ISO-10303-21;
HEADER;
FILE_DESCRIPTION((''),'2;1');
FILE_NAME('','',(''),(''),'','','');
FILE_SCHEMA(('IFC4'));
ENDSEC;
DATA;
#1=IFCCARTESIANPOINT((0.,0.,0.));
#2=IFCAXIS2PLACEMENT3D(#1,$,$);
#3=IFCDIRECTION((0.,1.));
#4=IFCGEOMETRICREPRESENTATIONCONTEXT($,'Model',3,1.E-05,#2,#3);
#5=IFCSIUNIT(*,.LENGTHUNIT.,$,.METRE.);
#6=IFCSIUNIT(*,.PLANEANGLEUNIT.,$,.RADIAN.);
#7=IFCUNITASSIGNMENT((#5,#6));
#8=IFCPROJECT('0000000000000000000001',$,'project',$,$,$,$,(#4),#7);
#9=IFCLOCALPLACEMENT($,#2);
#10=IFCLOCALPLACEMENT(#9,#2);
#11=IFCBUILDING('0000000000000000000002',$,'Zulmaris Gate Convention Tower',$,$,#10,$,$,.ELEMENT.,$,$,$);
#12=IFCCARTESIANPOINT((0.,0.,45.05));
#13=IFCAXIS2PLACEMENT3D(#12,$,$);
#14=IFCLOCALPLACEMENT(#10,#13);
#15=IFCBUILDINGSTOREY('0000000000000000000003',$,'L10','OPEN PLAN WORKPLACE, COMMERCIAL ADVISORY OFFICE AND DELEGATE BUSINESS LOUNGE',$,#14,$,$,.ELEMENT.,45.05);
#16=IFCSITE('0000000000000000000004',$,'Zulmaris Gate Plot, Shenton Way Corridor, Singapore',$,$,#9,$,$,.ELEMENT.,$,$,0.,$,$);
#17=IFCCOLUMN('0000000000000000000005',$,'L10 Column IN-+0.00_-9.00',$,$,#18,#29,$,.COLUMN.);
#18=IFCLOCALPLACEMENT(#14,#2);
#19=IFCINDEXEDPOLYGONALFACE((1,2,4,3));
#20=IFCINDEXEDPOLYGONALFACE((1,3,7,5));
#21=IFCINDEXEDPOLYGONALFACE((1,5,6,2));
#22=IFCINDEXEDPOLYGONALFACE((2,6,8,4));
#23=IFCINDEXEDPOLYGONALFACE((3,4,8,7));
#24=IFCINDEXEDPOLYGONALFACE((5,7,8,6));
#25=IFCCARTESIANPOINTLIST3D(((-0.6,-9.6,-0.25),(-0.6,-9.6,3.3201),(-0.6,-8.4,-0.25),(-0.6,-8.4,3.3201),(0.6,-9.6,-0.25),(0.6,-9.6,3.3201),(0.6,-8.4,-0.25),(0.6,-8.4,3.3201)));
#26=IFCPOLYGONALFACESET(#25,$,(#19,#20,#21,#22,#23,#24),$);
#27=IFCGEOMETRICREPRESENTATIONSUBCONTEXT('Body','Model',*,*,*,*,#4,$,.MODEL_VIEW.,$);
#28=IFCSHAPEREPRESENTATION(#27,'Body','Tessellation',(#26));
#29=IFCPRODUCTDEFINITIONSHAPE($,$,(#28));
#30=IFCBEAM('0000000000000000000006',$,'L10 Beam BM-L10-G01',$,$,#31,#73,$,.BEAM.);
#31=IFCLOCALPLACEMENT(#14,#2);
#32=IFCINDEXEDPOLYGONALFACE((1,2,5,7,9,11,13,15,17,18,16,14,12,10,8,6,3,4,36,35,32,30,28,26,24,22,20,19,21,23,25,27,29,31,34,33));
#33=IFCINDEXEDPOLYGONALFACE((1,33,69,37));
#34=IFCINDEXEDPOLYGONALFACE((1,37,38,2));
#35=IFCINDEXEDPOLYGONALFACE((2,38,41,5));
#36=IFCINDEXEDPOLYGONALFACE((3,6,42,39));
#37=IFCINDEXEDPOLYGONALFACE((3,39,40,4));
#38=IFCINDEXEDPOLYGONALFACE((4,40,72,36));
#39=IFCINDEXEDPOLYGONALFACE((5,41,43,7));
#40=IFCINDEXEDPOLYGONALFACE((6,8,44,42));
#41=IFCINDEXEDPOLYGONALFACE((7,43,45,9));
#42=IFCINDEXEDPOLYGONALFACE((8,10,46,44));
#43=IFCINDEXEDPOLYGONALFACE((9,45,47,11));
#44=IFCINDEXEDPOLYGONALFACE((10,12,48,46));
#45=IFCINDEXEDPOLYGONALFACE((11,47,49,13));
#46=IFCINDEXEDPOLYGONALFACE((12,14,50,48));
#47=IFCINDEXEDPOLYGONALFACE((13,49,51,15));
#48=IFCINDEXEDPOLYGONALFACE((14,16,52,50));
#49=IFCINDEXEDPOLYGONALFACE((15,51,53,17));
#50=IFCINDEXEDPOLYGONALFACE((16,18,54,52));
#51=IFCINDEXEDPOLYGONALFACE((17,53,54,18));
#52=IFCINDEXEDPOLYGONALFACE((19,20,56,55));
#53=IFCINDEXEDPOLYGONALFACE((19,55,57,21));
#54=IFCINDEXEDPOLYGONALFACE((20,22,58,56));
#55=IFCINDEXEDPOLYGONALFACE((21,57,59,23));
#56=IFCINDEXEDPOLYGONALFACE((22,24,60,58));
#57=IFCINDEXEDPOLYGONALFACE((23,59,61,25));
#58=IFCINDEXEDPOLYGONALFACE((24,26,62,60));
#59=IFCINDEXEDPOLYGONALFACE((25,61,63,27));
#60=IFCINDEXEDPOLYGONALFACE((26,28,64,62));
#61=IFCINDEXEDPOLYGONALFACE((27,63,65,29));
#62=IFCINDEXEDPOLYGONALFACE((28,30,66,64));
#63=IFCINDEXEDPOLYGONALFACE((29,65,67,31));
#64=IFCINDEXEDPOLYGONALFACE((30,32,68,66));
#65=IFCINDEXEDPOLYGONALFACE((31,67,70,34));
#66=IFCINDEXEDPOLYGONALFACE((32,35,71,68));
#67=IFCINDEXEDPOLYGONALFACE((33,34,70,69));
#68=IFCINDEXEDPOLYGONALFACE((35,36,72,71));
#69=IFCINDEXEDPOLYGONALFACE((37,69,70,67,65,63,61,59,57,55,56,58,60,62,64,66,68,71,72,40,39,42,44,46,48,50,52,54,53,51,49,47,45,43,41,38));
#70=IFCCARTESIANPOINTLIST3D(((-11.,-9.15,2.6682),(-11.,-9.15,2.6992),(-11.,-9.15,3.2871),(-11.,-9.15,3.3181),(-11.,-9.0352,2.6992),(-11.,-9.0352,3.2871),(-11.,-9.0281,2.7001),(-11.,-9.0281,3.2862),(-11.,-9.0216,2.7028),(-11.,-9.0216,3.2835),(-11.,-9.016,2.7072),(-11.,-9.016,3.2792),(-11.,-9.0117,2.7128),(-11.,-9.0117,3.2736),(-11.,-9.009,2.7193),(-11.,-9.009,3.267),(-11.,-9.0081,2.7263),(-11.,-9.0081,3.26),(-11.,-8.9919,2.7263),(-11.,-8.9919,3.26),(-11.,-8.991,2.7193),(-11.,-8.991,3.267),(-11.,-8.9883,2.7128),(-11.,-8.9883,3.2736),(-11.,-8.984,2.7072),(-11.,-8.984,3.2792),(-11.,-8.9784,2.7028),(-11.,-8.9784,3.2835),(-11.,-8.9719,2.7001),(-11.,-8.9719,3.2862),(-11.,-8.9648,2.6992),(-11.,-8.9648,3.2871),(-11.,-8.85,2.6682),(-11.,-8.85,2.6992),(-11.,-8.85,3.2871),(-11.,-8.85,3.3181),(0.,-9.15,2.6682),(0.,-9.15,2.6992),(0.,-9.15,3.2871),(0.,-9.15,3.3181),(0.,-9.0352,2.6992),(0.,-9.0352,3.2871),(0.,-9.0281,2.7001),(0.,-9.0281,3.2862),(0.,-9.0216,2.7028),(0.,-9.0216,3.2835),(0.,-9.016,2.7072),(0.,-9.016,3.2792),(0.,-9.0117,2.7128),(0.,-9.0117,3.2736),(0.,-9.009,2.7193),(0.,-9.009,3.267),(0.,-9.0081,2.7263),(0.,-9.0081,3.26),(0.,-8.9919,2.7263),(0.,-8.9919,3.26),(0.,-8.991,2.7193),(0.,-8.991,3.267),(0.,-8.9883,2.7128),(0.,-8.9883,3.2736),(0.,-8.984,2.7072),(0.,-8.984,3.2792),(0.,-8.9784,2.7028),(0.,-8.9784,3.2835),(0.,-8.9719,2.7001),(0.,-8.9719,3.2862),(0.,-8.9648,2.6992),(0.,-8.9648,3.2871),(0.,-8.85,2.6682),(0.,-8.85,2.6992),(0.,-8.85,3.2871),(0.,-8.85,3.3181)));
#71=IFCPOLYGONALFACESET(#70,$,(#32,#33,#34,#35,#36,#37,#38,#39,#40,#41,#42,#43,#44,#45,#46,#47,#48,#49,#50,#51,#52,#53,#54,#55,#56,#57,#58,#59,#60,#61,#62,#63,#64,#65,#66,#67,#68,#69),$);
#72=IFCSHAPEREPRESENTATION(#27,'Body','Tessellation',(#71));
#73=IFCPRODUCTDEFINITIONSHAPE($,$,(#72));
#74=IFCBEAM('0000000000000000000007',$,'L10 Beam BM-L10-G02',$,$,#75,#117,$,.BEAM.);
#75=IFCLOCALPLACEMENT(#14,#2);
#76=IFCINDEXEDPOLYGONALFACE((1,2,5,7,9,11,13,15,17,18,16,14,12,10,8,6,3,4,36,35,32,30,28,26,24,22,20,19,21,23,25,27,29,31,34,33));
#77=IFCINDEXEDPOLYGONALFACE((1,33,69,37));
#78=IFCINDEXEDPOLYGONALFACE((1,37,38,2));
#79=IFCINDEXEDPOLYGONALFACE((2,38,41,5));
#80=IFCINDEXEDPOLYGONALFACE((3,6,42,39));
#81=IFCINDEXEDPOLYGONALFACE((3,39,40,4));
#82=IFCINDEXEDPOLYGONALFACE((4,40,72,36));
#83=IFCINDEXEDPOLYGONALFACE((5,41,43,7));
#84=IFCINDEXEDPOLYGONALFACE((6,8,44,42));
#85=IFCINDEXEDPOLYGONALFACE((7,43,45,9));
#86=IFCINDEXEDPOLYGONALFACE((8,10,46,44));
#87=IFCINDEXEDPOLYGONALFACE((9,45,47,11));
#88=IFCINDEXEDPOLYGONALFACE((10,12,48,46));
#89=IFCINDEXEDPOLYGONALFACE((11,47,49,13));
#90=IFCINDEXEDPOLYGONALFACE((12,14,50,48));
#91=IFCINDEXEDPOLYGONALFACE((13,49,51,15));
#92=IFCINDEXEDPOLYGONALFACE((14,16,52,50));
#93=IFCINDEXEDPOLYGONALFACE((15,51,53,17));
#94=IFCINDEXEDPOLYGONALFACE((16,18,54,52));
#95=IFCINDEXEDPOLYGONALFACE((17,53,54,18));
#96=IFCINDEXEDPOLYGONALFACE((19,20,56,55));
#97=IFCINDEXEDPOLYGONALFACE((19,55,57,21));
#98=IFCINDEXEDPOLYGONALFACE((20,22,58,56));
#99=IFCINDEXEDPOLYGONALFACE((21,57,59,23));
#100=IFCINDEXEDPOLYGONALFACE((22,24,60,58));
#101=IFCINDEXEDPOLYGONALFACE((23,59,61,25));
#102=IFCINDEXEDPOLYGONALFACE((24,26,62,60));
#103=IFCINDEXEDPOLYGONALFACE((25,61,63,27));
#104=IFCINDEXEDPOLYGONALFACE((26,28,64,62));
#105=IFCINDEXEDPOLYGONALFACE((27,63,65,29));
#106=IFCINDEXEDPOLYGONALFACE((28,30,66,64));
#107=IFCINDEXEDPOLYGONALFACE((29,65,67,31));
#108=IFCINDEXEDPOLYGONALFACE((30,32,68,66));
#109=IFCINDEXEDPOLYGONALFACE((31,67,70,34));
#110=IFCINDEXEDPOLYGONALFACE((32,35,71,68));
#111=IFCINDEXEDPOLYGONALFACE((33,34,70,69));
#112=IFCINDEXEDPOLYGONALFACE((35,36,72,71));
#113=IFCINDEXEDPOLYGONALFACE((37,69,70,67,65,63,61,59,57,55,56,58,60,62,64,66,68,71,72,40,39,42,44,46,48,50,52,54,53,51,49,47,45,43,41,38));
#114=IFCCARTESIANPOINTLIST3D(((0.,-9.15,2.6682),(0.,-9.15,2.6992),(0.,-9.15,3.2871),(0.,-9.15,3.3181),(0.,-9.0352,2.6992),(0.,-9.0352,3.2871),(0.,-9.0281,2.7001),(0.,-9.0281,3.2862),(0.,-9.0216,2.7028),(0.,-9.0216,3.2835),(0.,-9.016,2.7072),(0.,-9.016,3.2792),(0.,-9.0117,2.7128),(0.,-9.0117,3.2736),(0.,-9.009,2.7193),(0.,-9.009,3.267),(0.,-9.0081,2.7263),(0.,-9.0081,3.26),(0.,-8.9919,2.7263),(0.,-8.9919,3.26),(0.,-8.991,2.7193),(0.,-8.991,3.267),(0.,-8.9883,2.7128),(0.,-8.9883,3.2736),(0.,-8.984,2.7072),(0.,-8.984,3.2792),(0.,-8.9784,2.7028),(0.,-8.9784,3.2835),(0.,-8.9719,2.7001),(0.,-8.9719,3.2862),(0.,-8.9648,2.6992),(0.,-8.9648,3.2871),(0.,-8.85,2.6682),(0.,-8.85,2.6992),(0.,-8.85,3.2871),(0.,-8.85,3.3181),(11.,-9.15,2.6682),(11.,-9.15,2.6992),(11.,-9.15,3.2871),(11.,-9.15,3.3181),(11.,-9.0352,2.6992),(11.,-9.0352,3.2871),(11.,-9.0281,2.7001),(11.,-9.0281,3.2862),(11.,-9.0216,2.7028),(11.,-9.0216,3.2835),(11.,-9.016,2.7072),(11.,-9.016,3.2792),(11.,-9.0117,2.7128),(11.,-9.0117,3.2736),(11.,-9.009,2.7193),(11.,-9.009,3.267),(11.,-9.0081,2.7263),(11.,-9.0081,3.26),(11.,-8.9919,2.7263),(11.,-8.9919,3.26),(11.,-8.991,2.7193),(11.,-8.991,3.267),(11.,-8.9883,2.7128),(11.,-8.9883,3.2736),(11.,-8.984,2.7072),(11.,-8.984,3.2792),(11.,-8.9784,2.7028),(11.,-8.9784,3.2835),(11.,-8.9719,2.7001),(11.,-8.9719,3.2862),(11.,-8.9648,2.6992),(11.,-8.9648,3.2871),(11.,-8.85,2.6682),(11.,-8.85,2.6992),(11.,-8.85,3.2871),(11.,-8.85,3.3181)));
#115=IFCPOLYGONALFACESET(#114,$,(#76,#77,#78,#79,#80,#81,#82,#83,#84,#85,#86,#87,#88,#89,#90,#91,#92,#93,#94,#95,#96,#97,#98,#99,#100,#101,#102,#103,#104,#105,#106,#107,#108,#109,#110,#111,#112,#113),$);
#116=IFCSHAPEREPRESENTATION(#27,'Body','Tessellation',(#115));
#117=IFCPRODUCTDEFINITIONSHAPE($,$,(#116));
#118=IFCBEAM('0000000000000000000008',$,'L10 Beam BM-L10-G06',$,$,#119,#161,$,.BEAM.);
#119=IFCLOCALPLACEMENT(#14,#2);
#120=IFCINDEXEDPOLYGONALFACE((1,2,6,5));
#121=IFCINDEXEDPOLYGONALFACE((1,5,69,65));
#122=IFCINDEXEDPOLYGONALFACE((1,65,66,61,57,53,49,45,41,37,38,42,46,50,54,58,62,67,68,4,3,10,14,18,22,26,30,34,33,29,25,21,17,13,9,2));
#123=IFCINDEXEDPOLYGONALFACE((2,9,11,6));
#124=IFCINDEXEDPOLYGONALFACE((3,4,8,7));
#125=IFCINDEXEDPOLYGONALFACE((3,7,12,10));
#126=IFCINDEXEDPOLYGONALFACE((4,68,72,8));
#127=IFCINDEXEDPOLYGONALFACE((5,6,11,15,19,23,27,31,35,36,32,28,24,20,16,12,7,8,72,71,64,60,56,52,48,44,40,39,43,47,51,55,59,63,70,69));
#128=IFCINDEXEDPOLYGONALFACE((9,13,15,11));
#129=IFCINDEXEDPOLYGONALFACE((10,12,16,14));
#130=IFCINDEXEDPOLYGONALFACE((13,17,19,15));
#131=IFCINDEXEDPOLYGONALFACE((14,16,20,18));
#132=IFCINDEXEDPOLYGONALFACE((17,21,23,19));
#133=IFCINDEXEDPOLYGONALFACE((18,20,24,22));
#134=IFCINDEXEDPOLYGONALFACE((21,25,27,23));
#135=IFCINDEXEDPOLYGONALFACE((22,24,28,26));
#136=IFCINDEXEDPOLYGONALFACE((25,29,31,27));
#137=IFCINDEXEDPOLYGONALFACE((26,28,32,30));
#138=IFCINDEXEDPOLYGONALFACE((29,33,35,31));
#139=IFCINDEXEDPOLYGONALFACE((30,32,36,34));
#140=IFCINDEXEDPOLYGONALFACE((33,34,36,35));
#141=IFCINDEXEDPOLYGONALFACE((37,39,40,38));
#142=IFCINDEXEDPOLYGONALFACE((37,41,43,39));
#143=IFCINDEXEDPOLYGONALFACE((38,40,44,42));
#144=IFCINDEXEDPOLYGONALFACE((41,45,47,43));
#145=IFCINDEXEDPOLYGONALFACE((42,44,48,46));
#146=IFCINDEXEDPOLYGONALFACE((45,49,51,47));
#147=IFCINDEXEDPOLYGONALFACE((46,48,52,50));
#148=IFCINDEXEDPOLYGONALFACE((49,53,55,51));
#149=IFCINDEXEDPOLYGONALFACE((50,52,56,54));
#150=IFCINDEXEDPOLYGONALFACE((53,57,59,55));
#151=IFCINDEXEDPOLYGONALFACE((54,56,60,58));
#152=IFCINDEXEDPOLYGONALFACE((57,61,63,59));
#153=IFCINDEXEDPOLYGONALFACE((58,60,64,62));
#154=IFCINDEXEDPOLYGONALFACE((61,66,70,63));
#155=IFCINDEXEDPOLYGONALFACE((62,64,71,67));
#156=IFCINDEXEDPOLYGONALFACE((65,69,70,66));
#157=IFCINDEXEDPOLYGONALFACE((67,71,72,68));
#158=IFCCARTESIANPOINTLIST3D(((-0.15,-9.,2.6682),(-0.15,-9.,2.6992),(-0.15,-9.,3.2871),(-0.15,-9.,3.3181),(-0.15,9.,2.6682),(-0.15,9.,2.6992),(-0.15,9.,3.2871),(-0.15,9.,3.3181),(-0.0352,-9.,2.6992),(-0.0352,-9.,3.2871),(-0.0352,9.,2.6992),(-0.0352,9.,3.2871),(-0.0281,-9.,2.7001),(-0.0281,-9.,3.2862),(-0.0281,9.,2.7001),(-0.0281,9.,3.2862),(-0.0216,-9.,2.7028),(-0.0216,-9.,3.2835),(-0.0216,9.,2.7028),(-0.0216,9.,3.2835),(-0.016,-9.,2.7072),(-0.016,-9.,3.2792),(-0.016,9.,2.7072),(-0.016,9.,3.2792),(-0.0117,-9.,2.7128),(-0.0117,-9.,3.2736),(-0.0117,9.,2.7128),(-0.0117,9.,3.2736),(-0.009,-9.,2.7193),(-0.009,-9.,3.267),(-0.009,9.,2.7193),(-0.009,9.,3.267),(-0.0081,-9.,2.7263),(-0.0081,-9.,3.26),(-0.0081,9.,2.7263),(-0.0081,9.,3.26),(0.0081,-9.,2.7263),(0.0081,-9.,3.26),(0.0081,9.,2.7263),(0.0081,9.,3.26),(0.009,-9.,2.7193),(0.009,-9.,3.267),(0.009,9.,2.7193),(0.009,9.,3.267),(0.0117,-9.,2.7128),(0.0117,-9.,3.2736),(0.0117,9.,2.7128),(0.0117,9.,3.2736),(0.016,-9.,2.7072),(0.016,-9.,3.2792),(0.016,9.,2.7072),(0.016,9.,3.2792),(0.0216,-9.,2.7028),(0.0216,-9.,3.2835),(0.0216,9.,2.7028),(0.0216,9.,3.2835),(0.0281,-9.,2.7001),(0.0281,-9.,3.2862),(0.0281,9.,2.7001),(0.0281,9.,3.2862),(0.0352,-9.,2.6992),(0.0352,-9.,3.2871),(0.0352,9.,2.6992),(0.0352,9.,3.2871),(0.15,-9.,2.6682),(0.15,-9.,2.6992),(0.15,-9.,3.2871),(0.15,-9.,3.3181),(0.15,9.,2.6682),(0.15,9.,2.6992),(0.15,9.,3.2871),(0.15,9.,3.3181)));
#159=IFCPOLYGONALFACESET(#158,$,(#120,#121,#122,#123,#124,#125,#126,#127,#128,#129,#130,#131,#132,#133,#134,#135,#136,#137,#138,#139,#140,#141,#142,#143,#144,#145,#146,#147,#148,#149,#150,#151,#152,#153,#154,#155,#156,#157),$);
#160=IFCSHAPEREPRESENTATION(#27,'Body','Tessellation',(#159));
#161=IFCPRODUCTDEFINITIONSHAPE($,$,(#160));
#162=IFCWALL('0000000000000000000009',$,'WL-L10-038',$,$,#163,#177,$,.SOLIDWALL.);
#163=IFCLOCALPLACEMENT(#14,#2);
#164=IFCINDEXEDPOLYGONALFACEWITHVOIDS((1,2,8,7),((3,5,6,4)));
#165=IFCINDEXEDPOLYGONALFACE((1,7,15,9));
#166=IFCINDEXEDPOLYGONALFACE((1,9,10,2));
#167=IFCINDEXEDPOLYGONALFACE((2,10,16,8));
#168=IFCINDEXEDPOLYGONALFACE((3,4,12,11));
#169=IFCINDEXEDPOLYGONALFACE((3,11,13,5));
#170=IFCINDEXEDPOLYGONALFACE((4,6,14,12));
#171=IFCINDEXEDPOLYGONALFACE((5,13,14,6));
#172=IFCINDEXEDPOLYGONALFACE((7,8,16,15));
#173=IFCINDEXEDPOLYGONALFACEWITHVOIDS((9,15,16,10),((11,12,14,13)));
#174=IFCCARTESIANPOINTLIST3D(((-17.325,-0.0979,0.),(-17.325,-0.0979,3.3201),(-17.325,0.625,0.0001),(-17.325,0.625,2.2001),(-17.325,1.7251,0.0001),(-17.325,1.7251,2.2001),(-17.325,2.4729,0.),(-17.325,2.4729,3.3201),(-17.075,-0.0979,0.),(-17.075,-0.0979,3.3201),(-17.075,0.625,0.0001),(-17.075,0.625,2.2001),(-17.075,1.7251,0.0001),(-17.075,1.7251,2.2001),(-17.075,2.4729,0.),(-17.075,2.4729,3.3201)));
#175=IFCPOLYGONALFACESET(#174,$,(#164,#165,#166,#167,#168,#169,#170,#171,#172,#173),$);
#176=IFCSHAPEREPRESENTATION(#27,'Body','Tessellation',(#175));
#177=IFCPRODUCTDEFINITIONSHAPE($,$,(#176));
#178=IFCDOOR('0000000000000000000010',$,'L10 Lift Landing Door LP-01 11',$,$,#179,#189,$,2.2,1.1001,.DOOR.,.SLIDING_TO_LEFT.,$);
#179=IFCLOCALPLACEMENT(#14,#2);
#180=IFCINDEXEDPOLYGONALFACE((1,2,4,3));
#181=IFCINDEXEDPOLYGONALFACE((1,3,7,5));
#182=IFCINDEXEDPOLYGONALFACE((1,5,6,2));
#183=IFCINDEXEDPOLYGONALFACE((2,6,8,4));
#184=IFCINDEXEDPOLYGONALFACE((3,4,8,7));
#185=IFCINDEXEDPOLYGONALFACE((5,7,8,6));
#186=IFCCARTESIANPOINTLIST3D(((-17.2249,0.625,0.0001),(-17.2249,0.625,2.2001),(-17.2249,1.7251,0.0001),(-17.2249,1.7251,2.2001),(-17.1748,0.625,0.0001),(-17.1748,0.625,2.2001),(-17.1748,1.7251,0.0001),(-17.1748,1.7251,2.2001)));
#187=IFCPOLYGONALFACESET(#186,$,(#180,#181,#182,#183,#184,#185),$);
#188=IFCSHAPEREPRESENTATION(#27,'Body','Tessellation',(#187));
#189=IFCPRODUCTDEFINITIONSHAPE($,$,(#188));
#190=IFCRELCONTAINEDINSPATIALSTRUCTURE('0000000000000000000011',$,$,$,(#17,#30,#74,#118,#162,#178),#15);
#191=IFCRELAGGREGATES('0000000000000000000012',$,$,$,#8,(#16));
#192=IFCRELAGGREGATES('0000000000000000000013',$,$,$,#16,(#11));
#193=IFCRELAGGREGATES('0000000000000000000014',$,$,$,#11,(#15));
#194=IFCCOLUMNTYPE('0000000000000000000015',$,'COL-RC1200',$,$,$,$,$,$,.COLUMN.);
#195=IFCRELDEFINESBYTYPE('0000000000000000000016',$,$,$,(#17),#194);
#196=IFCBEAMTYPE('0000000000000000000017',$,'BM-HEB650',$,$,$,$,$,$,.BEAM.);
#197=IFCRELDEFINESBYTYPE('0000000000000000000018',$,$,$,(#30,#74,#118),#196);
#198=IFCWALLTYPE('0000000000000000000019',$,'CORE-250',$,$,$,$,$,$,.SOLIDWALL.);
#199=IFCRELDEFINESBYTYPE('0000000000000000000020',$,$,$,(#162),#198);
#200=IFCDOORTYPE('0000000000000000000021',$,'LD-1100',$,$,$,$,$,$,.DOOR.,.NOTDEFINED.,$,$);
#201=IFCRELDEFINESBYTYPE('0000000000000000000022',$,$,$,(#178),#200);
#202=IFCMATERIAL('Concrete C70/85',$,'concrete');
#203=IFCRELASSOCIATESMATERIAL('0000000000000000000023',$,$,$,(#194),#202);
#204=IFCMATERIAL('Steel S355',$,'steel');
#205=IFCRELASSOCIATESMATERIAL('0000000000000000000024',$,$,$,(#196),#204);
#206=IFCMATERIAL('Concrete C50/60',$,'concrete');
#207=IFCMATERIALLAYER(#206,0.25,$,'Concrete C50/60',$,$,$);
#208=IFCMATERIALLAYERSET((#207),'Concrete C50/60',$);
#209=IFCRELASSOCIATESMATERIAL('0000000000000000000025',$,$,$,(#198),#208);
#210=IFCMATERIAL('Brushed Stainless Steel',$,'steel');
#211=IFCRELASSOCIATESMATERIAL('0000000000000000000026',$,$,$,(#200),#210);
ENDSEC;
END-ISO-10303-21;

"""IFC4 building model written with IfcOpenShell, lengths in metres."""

from ifc_helpers import new_model, si_unit, direction, frame, frame_2d, origin, origin_2d, place, context, subcontext, project, spatial, rectangle, i_section, extrude, material, layer, layer_set, material_profile, profile_set, type_object, element, fill, save


model = new_model("IFC4")

# Units and contexts
model_context = context("Model", 3, precision=1e-05, world=origin(), true_north=direction((0.0, 1.0)))
body_context = subcontext(model_context, "Body", "Model", "MODEL_VIEW")
ifc_project = project(units=[si_unit("LENGTHUNIT", "METRE"), si_unit("PLANEANGLEUNIT", "RADIAN")], contexts=[model_context])

# Site, building, storey
site_placement = place(None, origin())
site = spatial("IfcSite", under=ifc_project, at=site_placement, Name="Zulmaris Gate Plot, Shenton Way Corridor, Singapore", CompositionType="ELEMENT", RefElevation=0.0)
building_placement = place(site_placement, origin())
building = spatial("IfcBuilding", under=site, at=building_placement, Name="Zulmaris Gate Convention Tower", CompositionType="ELEMENT")
storey_placement = place(building_placement, frame((0.0, 0.0, 45.05)))
storey = spatial("IfcBuildingStorey", under=building, at=storey_placement, Name="L10", Description="OPEN PLAN WORKPLACE, COMMERCIAL ADVISORY OFFICE AND DELEGATE BUSINESS LOUNGE", CompositionType="ELEMENT", Elevation=45.05)

# Column
ifc_material_1 = material(Name="Concrete C70/85", Category="concrete")
ifc_material_profile_1 = material_profile(ifc_material_1, rectangle(XDim=1.2, YDim=1.2, at=origin_2d()), Name="RC COL 1200x1200")
ifc_profile_set_1 = profile_set([ifc_material_profile_1], Name="Concrete C70/85")
column_type = type_object("IfcColumnType", Name="COL-RC1200", PredefinedType="COLUMN", material=ifc_profile_set_1)
column_placement = place(storey_placement, frame((0.0, -9.0, -0.25), z_axis=(0.0, 0.0, 1.0), x_axis=(1.0, 0.0, 0.0)))
element("IfcColumn", 1, at=column_placement, inside=storey, type_object=column_type, Name="L10 Column IN-+0.00_-9.00", PredefinedType="COLUMN", context=body_context, shape_type="SweptSolid", body=[
    extrude(rectangle(XDim=1.2, YDim=1.2, at=origin_2d()), origin(), (0.0, 0.0, 1.0), 3.5701),
])

# Beams
ifc_material_2 = material(Name="Steel S355", Category="steel")
ifc_material_profile_2 = material_profile(ifc_material_2, i_section(OverallWidth=0.3, OverallDepth=0.6499, WebThickness=0.0161, FlangeThickness=0.031, FilletRadius=0.0271, at=origin_2d()), Name="HEB 650")
ifc_profile_set_2 = profile_set([ifc_material_profile_2], Name="Steel S355")
beam_type = type_object("IfcBeamType", Name="BM-HEB650", PredefinedType="BEAM", material=ifc_profile_set_2)
for number, where, z_axis, x_axis, name in (
    (2, (-11.0, -9.0, 2.9932), (1.0, 0.0, 0.0), (0.0, 1.0, 0.0), "L10 Beam BM-L10-G01"),
    (3, (0.0, -9.0, 2.9932), (1.0, 0.0, 0.0), (0.0, 1.0, 0.0), "L10 Beam BM-L10-G02"),
):
    element("IfcBeam", number, at=place(storey_placement, frame(where, z_axis=z_axis, x_axis=x_axis)), inside=storey, type_object=beam_type, Name=name, PredefinedType="BEAM", context=body_context, shape_type="SweptSolid", body=[
        extrude(i_section(OverallWidth=0.3, OverallDepth=0.6499, WebThickness=0.0161, FlangeThickness=0.031, FilletRadius=0.0271, at=origin_2d()), origin(), (0.0, 0.0, 1.0), 11.0),
    ])
beam_placement = place(storey_placement, frame((0.0, -9.0, 2.9932), z_axis=(0.0, 1.0, 0.0), x_axis=(-1.0, 0.0, 0.0)))
element("IfcBeam", 4, at=beam_placement, inside=storey, type_object=beam_type, Name="L10 Beam BM-L10-G06", PredefinedType="BEAM", context=body_context, shape_type="SweptSolid", body=[
    extrude(i_section(OverallWidth=0.3, OverallDepth=0.6499, WebThickness=0.0161, FlangeThickness=0.031, FilletRadius=0.0271, at=origin_2d()), origin(), (0.0, 0.0, 1.0), 18.0),
])

# Wall, opening, door
ifc_material_3 = material(Name="Concrete C50/60", Category="concrete")
ifc_layer_1 = layer(ifc_material_3, 0.25, Name="Concrete C50/60")
ifc_layer_set_1 = layer_set([ifc_layer_1], Name="Concrete C50/60")
wall_type_1 = type_object("IfcWallType", Name="CORE-250", PredefinedType="SOLIDWALL", material=ifc_layer_set_1)
wall_1_placement = place(storey_placement, frame((-17.2, -0.0979, 0.0), z_axis=(0.0, 0.0, 1.0), x_axis=(0.0, 1.0, 0.0)))
wall_1 = element("IfcWall", 5, at=wall_1_placement, inside=storey, type_object=wall_type_1, Name="WL-L10-038", PredefinedType="SOLIDWALL", context=body_context, shape_type="SweptSolid", body=[
    extrude(rectangle(XDim=2.5708, YDim=0.25, at=frame_2d((1.2854, 0.0))), origin(), (0.0, 0.0, 1.0), 3.3201),
])
opening_1_placement = place(wall_1_placement, frame((0.7229, 0.0, 0.0)))
opening_1 = element("IfcOpeningElement", 6, at=opening_1_placement, cuts=wall_1, PredefinedType="OPENING", context=body_context, shape_type="SweptSolid", body=[
    extrude(rectangle(XDim=1.1001, YDim=2.2, at=frame_2d((0.55, 1.1001))), frame((0.0, 0.135, 0.0), z_axis=(0.0, -1.0, 0.0), x_axis=(1.0, 0.0, 0.0)), (0.0, 0.0, 1.0), 0.27),
])
ifc_material_4 = material(Name="Brushed Stainless Steel", Category="steel")
door_type_1 = type_object("IfcDoorType", Name="LD-1100", OperationType="NOTDEFINED", PredefinedType="DOOR", material=ifc_material_4)
door_1_placement = place(opening_1_placement, origin())
door_1 = element("IfcDoor", 7, at=door_1_placement, inside=storey, type_object=door_type_1, Name="L10 Lift Landing Door LP-01 11", OperationType="SLIDING_TO_LEFT", OverallHeight=2.2, OverallWidth=1.1001, PredefinedType="DOOR", context=body_context, shape_type="SweptSolid", body=[
    extrude(rectangle(XDim=1.1001, YDim=2.2, at=frame_2d((0.55, 1.1001))), frame((0.0, 0.0249, 0.0), z_axis=(0.0, -1.0, 0.0), x_axis=(1.0, 0.0, 0.0)), (0.0, 0.0, 1.0), 0.05),
])
fill(opening_1, door_1)

save(model, "model.ifc")
